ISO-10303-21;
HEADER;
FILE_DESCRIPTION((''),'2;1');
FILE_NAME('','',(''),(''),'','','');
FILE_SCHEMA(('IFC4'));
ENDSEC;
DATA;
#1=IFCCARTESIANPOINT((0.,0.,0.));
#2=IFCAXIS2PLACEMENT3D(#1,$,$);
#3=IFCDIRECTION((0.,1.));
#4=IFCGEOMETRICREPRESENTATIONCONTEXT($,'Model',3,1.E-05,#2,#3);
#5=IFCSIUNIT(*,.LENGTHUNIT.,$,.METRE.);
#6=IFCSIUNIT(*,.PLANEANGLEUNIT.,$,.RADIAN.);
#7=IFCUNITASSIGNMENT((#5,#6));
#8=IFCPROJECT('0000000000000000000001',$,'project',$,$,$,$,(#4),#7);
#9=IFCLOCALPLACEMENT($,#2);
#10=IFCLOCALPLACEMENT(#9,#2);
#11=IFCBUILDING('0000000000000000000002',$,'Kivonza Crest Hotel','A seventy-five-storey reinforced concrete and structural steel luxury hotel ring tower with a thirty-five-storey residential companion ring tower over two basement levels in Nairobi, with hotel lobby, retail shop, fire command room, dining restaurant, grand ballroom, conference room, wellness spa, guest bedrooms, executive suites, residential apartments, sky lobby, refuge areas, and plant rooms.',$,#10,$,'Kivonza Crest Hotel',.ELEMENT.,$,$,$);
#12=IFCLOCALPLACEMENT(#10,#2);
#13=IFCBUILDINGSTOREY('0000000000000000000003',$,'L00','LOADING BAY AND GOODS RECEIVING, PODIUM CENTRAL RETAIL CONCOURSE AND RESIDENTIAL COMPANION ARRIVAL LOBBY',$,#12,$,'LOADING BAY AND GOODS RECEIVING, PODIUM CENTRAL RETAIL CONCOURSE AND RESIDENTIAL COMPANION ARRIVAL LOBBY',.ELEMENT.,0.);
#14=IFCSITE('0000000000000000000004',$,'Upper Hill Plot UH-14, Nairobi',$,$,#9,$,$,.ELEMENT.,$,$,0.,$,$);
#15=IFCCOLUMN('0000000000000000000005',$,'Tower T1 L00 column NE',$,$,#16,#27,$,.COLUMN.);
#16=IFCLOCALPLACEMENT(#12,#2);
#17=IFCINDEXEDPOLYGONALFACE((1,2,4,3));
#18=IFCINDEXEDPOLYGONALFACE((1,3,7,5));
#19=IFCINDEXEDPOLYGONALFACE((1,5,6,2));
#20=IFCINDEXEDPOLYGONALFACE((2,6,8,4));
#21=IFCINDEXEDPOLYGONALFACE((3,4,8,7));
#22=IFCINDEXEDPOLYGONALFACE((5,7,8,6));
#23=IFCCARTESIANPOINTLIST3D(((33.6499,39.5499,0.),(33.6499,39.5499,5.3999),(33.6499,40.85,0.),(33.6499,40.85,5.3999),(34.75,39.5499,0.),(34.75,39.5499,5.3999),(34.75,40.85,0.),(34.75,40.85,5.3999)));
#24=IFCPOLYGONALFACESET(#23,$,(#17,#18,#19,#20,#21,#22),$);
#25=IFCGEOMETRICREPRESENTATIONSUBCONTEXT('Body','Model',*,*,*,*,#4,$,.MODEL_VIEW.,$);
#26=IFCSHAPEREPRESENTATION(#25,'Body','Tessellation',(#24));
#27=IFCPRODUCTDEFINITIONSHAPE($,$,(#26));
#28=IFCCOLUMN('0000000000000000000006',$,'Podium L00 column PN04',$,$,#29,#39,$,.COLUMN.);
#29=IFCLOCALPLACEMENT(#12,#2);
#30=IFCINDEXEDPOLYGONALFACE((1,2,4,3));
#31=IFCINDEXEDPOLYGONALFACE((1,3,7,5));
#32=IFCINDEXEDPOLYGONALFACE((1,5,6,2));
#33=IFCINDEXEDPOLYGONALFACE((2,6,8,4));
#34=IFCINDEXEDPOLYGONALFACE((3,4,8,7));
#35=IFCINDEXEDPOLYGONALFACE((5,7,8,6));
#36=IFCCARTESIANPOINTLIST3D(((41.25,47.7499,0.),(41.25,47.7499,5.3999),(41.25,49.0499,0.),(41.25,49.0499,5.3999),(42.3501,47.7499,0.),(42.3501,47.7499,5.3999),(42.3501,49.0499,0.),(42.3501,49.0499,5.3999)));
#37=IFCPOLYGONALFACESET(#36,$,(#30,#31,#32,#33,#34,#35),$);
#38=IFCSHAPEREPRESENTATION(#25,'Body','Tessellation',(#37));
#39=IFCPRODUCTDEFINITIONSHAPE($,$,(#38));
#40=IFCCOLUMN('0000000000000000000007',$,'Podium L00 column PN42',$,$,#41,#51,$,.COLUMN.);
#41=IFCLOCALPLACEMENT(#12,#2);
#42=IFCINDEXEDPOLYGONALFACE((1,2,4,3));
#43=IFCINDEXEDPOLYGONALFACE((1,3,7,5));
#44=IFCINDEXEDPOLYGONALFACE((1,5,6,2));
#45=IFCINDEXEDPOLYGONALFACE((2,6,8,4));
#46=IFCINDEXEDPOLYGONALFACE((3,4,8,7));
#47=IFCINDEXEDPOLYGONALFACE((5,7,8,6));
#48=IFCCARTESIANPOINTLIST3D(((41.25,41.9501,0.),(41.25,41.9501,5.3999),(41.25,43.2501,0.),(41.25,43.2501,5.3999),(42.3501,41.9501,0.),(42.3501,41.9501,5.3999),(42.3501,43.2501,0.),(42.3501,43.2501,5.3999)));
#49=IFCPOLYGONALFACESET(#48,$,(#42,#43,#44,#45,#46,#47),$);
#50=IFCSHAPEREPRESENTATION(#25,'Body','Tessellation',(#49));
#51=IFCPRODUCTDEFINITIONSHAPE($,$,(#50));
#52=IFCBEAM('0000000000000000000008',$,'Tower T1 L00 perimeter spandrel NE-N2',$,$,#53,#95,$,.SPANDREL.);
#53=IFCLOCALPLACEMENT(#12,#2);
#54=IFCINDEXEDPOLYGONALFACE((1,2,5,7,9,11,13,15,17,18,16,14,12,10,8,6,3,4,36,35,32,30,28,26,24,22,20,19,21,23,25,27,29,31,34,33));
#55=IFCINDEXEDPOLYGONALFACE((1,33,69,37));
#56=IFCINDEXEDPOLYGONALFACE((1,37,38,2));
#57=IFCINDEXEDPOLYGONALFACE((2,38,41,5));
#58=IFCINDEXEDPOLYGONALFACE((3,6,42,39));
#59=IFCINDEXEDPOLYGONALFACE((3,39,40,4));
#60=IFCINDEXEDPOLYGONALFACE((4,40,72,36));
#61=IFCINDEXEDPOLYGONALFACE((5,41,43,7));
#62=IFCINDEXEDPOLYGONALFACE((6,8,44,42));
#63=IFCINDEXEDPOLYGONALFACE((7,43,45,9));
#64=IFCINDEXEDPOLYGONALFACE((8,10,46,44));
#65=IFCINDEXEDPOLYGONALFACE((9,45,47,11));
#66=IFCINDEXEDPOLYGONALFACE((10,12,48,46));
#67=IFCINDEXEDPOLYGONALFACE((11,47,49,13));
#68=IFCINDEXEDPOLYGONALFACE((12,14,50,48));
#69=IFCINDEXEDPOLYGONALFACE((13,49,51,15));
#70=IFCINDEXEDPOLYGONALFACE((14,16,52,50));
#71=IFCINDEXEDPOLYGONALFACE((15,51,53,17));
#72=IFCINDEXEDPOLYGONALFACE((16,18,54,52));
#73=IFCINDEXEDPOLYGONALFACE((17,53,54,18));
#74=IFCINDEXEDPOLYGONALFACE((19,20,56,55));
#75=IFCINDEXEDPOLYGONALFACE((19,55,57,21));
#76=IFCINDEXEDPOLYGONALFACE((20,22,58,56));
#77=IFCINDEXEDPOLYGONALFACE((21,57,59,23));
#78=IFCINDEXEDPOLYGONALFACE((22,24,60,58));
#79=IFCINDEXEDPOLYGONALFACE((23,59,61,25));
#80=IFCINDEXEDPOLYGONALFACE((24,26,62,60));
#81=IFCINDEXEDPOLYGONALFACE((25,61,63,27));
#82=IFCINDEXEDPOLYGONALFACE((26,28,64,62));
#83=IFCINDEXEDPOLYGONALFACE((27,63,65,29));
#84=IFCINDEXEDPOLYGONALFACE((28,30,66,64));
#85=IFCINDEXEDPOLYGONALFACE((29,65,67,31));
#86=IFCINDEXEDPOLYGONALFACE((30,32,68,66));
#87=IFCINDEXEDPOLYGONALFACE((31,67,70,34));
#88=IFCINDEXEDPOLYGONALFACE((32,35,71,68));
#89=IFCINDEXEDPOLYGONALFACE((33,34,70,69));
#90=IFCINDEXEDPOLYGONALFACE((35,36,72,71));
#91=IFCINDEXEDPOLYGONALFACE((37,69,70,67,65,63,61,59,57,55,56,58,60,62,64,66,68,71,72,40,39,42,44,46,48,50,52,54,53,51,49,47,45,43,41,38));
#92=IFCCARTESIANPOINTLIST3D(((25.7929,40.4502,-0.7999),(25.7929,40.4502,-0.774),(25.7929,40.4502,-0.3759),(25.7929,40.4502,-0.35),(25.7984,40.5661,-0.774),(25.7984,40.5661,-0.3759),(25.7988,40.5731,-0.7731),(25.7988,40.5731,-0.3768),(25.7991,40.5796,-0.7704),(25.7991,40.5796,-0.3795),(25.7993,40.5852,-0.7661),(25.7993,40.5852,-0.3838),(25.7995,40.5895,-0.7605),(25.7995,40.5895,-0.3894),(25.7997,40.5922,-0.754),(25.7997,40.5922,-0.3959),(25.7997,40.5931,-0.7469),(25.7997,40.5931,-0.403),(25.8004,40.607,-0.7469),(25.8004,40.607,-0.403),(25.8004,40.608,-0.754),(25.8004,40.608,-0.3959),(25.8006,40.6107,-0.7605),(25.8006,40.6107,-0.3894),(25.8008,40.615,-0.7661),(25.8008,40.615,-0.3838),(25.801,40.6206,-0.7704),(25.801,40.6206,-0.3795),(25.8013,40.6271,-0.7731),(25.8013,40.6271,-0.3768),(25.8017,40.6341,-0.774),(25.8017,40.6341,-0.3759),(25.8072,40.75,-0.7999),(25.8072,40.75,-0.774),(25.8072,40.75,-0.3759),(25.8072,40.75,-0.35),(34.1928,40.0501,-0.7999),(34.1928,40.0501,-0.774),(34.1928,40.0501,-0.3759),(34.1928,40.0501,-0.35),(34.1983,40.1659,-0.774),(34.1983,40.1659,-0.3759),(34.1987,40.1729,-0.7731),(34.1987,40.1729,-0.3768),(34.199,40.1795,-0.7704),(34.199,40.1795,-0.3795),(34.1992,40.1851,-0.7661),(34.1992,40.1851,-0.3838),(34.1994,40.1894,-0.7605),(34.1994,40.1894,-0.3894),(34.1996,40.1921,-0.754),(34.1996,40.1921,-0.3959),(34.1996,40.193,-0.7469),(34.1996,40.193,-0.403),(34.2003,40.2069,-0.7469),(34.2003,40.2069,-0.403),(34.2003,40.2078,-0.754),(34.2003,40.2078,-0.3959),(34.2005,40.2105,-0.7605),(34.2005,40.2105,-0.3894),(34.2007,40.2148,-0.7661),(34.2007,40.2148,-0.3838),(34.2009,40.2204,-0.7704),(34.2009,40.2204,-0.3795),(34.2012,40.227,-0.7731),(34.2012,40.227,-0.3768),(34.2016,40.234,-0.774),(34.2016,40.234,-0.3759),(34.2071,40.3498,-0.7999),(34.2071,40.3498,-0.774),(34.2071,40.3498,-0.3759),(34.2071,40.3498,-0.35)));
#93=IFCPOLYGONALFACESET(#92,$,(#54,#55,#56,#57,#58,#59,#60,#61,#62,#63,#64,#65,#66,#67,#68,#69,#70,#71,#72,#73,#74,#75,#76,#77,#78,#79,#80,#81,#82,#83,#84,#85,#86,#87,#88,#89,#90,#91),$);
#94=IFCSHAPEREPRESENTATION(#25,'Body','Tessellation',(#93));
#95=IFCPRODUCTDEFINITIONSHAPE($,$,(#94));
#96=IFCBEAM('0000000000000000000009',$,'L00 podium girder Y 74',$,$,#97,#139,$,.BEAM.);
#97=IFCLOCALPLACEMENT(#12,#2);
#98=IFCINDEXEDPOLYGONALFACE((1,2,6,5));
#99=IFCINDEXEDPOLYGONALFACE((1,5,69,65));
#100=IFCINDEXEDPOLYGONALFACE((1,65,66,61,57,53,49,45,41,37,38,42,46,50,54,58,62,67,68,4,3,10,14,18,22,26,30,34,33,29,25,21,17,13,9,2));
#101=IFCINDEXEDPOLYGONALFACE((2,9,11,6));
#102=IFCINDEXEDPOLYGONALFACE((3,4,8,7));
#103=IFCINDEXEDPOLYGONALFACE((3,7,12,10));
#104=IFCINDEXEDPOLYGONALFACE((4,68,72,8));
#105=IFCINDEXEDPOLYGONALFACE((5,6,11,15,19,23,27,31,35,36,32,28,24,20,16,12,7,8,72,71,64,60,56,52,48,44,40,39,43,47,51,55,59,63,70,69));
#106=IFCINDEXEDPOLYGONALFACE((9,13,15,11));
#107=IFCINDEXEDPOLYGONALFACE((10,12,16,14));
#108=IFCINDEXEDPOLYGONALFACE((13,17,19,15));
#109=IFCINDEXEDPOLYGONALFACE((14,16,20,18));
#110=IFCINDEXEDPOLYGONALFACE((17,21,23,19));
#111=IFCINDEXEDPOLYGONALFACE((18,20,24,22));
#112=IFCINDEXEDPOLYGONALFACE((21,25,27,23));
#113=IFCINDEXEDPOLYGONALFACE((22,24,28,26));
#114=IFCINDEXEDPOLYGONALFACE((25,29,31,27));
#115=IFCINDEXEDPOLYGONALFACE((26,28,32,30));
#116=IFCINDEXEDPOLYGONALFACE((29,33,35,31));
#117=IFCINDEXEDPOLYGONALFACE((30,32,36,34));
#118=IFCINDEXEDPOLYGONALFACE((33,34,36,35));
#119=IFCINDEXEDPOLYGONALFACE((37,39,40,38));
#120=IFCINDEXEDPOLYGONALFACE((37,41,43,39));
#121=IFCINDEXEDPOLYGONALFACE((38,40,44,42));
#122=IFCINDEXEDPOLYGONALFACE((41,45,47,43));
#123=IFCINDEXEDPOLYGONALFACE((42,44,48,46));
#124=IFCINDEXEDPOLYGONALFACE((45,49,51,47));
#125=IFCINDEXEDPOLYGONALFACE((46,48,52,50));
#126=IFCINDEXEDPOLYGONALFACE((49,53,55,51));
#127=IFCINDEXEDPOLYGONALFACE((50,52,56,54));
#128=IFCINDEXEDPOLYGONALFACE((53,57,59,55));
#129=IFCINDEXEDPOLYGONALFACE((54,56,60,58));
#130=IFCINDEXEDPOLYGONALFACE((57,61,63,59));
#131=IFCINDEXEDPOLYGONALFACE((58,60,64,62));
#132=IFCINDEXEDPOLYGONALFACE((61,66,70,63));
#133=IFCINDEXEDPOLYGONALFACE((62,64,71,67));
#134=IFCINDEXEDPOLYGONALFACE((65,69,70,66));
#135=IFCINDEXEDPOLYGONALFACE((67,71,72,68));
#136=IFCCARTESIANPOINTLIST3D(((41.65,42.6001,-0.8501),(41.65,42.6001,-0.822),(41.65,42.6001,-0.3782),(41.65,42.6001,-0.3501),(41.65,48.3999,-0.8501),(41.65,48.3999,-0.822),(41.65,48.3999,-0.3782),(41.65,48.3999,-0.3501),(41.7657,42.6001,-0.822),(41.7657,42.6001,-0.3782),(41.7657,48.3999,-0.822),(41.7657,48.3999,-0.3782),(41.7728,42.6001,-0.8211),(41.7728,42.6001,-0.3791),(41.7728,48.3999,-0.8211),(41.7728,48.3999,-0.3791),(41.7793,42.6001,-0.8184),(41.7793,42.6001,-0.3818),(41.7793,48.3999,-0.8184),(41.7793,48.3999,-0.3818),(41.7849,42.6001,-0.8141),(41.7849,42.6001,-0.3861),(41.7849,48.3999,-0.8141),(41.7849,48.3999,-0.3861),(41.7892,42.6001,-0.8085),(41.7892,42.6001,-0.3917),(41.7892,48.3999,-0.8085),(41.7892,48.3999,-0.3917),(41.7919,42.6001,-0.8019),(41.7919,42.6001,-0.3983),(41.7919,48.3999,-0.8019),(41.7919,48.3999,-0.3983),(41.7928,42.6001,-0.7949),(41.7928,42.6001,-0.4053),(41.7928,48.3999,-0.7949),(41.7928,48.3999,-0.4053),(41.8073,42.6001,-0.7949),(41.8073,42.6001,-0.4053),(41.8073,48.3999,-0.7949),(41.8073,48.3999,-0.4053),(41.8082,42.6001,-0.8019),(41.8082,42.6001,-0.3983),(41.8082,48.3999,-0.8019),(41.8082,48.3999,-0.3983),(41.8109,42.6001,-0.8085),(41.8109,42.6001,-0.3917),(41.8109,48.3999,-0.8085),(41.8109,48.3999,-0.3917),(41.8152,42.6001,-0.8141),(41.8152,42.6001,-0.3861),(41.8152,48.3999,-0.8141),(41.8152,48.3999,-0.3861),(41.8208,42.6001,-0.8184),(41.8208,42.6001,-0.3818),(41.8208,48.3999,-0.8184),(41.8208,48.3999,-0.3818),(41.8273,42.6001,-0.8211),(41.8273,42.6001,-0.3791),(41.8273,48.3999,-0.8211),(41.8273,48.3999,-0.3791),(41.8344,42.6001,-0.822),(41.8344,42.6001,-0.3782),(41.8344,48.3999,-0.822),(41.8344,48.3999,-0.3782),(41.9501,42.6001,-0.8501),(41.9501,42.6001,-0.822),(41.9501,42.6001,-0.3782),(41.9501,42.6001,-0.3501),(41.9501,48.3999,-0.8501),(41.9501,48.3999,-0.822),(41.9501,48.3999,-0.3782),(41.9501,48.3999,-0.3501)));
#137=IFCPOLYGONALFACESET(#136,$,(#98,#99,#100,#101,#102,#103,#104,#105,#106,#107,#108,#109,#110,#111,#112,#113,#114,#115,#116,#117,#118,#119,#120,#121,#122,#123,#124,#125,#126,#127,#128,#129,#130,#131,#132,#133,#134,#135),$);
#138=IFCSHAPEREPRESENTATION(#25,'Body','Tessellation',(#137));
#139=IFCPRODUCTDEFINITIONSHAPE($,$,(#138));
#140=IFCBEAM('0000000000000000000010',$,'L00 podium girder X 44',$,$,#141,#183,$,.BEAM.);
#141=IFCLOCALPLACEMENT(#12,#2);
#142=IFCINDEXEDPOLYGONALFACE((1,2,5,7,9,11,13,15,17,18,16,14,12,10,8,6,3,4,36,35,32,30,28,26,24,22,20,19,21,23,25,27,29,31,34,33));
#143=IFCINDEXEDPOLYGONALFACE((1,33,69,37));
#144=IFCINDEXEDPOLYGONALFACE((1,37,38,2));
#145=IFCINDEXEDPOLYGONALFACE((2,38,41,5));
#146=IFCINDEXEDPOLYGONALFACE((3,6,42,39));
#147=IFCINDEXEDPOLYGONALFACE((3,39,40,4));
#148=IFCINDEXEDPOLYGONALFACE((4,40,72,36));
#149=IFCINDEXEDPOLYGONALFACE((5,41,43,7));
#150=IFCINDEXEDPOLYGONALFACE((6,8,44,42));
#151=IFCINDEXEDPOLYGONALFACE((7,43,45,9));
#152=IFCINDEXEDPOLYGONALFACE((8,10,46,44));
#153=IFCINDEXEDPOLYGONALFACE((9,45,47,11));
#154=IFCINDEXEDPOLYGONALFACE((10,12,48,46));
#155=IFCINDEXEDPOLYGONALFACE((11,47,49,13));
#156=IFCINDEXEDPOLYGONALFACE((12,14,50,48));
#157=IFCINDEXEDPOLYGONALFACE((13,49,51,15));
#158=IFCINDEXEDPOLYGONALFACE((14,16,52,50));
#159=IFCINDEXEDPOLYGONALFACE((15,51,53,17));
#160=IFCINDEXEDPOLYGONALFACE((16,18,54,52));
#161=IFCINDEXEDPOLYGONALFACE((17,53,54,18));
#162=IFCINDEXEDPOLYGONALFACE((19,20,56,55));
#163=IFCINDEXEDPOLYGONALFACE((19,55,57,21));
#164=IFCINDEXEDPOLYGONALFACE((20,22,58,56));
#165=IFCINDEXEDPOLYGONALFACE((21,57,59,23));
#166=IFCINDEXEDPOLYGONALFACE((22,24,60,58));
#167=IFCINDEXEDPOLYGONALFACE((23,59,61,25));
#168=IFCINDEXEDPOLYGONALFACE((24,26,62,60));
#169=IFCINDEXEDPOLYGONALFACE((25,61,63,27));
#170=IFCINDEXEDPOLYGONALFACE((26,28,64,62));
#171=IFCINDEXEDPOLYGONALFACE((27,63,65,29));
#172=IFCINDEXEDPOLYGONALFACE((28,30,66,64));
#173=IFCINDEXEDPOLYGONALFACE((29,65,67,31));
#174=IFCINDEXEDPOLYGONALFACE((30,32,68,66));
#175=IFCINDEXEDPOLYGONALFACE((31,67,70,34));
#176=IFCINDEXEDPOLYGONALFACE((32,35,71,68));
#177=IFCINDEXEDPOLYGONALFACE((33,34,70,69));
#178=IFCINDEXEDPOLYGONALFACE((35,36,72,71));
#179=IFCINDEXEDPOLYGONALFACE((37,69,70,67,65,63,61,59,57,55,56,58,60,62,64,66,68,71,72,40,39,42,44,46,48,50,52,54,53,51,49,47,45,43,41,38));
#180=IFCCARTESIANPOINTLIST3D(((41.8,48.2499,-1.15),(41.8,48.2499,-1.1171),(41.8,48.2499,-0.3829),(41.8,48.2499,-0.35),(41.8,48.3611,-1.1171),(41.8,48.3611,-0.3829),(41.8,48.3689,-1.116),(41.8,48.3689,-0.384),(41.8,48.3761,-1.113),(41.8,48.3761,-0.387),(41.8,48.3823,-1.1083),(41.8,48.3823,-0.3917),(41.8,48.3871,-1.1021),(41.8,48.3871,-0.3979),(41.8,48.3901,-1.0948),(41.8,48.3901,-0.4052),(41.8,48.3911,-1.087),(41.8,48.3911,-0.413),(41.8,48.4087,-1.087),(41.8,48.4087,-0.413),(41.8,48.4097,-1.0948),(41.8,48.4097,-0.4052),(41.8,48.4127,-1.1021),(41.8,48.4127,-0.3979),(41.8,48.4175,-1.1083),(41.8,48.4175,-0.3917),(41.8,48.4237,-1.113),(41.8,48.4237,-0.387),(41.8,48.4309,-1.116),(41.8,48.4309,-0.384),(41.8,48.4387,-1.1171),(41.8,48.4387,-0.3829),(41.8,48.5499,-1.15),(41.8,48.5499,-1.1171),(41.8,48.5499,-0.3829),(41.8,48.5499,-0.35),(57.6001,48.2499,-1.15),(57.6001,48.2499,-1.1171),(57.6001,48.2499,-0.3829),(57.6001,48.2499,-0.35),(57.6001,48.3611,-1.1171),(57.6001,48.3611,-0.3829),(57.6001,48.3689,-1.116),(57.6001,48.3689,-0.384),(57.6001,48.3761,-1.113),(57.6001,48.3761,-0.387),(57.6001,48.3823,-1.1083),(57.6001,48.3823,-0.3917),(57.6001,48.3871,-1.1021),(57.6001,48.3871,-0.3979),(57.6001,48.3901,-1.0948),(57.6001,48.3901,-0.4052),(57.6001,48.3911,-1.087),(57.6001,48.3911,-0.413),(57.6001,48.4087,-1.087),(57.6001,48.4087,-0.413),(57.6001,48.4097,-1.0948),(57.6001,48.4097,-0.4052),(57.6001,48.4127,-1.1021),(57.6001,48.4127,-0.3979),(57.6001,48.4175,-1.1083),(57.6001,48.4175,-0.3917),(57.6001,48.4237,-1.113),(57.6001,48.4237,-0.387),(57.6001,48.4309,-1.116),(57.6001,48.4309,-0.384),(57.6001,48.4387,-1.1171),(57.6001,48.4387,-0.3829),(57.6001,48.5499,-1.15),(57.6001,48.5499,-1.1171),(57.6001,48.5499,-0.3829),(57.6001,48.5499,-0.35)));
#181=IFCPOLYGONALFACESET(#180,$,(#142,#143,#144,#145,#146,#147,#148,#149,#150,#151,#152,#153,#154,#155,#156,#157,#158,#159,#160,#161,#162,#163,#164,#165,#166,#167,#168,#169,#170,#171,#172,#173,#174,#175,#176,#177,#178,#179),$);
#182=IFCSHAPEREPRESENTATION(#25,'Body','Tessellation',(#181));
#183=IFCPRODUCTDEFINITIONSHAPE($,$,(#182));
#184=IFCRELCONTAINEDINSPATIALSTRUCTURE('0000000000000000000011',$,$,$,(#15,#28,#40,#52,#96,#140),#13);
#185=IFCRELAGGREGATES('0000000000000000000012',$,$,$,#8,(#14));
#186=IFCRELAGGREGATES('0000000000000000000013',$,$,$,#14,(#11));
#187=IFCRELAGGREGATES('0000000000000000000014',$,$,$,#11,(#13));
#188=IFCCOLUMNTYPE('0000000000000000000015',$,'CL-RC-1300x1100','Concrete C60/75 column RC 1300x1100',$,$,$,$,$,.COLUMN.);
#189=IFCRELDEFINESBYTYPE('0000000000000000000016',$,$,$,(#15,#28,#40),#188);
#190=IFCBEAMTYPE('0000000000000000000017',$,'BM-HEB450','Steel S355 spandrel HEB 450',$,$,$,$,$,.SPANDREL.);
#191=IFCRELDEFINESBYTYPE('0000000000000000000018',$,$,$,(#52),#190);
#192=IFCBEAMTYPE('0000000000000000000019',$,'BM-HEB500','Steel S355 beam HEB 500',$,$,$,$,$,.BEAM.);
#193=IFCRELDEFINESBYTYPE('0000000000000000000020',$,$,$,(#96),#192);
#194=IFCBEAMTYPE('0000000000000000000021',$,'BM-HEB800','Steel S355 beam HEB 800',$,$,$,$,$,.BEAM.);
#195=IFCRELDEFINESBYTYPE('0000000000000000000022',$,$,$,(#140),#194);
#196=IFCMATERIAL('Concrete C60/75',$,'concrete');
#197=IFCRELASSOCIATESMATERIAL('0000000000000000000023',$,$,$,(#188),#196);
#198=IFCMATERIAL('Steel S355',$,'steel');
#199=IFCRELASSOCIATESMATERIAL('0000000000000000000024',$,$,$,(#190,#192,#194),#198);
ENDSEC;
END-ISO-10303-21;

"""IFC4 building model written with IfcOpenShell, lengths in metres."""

from ifc_helpers import new_model, si_unit, direction, frame, origin, origin_2d, place, context, subcontext, project, spatial, rectangle, i_section, extrude, material, material_profile, profile_set, type_object, element, save


model = new_model("IFC4")

# Units and contexts
model_context = context("Model", 3, precision=1e-05, world=origin(), true_north=direction((0.0, 1.0)))
body_context = subcontext(model_context, "Body", "Model", "MODEL_VIEW")
ifc_project = project(units=[si_unit("LENGTHUNIT", "METRE"), si_unit("PLANEANGLEUNIT", "RADIAN")], contexts=[model_context])

# Site, building, storey
site_placement = place(None, origin())
site = spatial("IfcSite", under=ifc_project, at=site_placement, Name="Upper Hill Plot UH-14, Nairobi", CompositionType="ELEMENT", RefElevation=0.0)
building_placement = place(site_placement, origin())
building = spatial("IfcBuilding", under=site, at=building_placement, Name="Kivonza Crest Hotel", Description="A seventy-five-storey reinforced concrete and structural steel luxury hotel ring tower with a thirty-five-storey residential companion ring tower over two basement levels in Nairobi, with hotel lobby, retail shop, fire command room, dining restaurant, grand ballroom, conference room, wellness spa, guest bedrooms, executive suites, residential apartments, sky lobby, refuge areas, and plant rooms.", LongName="Kivonza Crest Hotel", CompositionType="ELEMENT")
storey_placement = place(building_placement, origin())
storey = spatial("IfcBuildingStorey", under=building, at=storey_placement, Name="L00", Description="LOADING BAY AND GOODS RECEIVING, PODIUM CENTRAL RETAIL CONCOURSE AND RESIDENTIAL COMPANION ARRIVAL LOBBY", LongName="LOADING BAY AND GOODS RECEIVING, PODIUM CENTRAL RETAIL CONCOURSE AND RESIDENTIAL COMPANION ARRIVAL LOBBY", CompositionType="ELEMENT", Elevation=0.0)

# Columns
ifc_material_1 = material(Name="Concrete C60/75", Category="concrete")
ifc_material_profile_1 = material_profile(ifc_material_1, rectangle(XDim=1.1001, YDim=1.3, at=origin_2d()), Name="RC 1300x1100")
ifc_profile_set_1 = profile_set([ifc_material_profile_1], Name="Concrete C60/75")
column_type = type_object("IfcColumnType", Name="CL-RC-1300x1100", Description="Concrete C60/75 column RC 1300x1100", PredefinedType="COLUMN", material=ifc_profile_set_1)
for number, where, z_axis, x_axis, name in (
    (1, (34.2, 40.2, 0.0), (0.0, 0.0, 1.0), (1.0, 0.0, 0.0), "Tower T1 L00 column NE"),
    (2, (41.8, 48.3999, 0.0), (0.0, 0.0, 1.0), (1.0, 0.0, 0.0), "Podium L00 column PN04"),
    (3, (41.8, 42.6001, 0.0), (0.0, 0.0, 1.0), (1.0, 0.0, 0.0), "Podium L00 column PN42"),
):
    element("IfcColumn", number, at=place(storey_placement, frame(where, z_axis=z_axis, x_axis=x_axis)), inside=storey, type_object=column_type, Name=name, PredefinedType="COLUMN", context=body_context, shape_type="SweptSolid", body=[
        extrude(rectangle(XDim=1.1001, YDim=1.3, at=origin_2d()), origin(), (0.0, 0.0, 1.0), 5.3999),
    ])

# Beams
ifc_material_2 = material(Name="Steel S355", Category="steel")
ifc_material_profile_2 = material_profile(ifc_material_2, i_section(OverallWidth=0.3, OverallDepth=0.45, WebThickness=0.0139, FlangeThickness=0.0259, FilletRadius=0.0271, at=origin_2d()), Name="HEB 450")
ifc_profile_set_2 = profile_set([ifc_material_profile_2], Name="Steel S355")
beam_type_1 = type_object("IfcBeamType", Name="BM-HEB450", Description="Steel S355 spandrel HEB 450", PredefinedType="SPANDREL", material=ifc_profile_set_2)
beam_1_placement = place(storey_placement, frame((34.2, 40.2, -0.575), z_axis=(-0.998867, 0.047583, 0.0), x_axis=(-0.047583, -0.998867, 0.0)))
element("IfcBeam", 4, at=beam_1_placement, inside=storey, type_object=beam_type_1, Name="Tower T1 L00 perimeter spandrel NE-N2", PredefinedType="SPANDREL", context=body_context, shape_type="SweptSolid", body=[
    extrude(i_section(OverallWidth=0.3, OverallDepth=0.45, WebThickness=0.0139, FlangeThickness=0.0259, FilletRadius=0.0271, at=origin_2d()), origin(), (0.0, 0.0, 1.0), 8.4094),
])
ifc_material_profile_3 = material_profile(ifc_material_2, i_section(OverallWidth=0.3, OverallDepth=0.5, WebThickness=0.0144, FlangeThickness=0.0281, FilletRadius=0.0271, at=origin_2d()), Name="HEB 500")
ifc_profile_set_3 = profile_set([ifc_material_profile_3], Name="Steel S355")
beam_type_2 = type_object("IfcBeamType", Name="BM-HEB500", Description="Steel S355 beam HEB 500", PredefinedType="BEAM", material=ifc_profile_set_3)
beam_2_placement = place(storey_placement, frame((41.8, 42.6001, -0.6001), z_axis=(0.0, 1.0, 0.0), x_axis=(-1.0, 0.0, 0.0)))
element("IfcBeam", 5, at=beam_2_placement, inside=storey, type_object=beam_type_2, Name="L00 podium girder Y 74", PredefinedType="BEAM", context=body_context, shape_type="SweptSolid", body=[
    extrude(i_section(OverallWidth=0.3, OverallDepth=0.5, WebThickness=0.0144, FlangeThickness=0.0281, FilletRadius=0.0271, at=origin_2d()), origin(), (0.0, 0.0, 1.0), 5.7998),
])
ifc_material_profile_4 = material_profile(ifc_material_2, i_section(OverallWidth=0.3, OverallDepth=0.8, WebThickness=0.0176, FlangeThickness=0.033, FilletRadius=0.03, at=origin_2d()), Name="HEB 800")
ifc_profile_set_4 = profile_set([ifc_material_profile_4], Name="Steel S355")
beam_type_3 = type_object("IfcBeamType", Name="BM-HEB800", Description="Steel S355 beam HEB 800", PredefinedType="BEAM", material=ifc_profile_set_4)
beam_3_placement = place(storey_placement, frame((41.8, 48.3999, -0.75), z_axis=(1.0, 0.0, 0.0), x_axis=(0.0, 1.0, 0.0)))
element("IfcBeam", 6, at=beam_3_placement, inside=storey, type_object=beam_type_3, Name="L00 podium girder X 44", PredefinedType="BEAM", context=body_context, shape_type="SweptSolid", body=[
    extrude(i_section(OverallWidth=0.3, OverallDepth=0.8, WebThickness=0.0176, FlangeThickness=0.033, FilletRadius=0.03, at=origin_2d()), origin(), (0.0, 0.0, 1.0), 15.8),
])

save(model, "model.ifc")
